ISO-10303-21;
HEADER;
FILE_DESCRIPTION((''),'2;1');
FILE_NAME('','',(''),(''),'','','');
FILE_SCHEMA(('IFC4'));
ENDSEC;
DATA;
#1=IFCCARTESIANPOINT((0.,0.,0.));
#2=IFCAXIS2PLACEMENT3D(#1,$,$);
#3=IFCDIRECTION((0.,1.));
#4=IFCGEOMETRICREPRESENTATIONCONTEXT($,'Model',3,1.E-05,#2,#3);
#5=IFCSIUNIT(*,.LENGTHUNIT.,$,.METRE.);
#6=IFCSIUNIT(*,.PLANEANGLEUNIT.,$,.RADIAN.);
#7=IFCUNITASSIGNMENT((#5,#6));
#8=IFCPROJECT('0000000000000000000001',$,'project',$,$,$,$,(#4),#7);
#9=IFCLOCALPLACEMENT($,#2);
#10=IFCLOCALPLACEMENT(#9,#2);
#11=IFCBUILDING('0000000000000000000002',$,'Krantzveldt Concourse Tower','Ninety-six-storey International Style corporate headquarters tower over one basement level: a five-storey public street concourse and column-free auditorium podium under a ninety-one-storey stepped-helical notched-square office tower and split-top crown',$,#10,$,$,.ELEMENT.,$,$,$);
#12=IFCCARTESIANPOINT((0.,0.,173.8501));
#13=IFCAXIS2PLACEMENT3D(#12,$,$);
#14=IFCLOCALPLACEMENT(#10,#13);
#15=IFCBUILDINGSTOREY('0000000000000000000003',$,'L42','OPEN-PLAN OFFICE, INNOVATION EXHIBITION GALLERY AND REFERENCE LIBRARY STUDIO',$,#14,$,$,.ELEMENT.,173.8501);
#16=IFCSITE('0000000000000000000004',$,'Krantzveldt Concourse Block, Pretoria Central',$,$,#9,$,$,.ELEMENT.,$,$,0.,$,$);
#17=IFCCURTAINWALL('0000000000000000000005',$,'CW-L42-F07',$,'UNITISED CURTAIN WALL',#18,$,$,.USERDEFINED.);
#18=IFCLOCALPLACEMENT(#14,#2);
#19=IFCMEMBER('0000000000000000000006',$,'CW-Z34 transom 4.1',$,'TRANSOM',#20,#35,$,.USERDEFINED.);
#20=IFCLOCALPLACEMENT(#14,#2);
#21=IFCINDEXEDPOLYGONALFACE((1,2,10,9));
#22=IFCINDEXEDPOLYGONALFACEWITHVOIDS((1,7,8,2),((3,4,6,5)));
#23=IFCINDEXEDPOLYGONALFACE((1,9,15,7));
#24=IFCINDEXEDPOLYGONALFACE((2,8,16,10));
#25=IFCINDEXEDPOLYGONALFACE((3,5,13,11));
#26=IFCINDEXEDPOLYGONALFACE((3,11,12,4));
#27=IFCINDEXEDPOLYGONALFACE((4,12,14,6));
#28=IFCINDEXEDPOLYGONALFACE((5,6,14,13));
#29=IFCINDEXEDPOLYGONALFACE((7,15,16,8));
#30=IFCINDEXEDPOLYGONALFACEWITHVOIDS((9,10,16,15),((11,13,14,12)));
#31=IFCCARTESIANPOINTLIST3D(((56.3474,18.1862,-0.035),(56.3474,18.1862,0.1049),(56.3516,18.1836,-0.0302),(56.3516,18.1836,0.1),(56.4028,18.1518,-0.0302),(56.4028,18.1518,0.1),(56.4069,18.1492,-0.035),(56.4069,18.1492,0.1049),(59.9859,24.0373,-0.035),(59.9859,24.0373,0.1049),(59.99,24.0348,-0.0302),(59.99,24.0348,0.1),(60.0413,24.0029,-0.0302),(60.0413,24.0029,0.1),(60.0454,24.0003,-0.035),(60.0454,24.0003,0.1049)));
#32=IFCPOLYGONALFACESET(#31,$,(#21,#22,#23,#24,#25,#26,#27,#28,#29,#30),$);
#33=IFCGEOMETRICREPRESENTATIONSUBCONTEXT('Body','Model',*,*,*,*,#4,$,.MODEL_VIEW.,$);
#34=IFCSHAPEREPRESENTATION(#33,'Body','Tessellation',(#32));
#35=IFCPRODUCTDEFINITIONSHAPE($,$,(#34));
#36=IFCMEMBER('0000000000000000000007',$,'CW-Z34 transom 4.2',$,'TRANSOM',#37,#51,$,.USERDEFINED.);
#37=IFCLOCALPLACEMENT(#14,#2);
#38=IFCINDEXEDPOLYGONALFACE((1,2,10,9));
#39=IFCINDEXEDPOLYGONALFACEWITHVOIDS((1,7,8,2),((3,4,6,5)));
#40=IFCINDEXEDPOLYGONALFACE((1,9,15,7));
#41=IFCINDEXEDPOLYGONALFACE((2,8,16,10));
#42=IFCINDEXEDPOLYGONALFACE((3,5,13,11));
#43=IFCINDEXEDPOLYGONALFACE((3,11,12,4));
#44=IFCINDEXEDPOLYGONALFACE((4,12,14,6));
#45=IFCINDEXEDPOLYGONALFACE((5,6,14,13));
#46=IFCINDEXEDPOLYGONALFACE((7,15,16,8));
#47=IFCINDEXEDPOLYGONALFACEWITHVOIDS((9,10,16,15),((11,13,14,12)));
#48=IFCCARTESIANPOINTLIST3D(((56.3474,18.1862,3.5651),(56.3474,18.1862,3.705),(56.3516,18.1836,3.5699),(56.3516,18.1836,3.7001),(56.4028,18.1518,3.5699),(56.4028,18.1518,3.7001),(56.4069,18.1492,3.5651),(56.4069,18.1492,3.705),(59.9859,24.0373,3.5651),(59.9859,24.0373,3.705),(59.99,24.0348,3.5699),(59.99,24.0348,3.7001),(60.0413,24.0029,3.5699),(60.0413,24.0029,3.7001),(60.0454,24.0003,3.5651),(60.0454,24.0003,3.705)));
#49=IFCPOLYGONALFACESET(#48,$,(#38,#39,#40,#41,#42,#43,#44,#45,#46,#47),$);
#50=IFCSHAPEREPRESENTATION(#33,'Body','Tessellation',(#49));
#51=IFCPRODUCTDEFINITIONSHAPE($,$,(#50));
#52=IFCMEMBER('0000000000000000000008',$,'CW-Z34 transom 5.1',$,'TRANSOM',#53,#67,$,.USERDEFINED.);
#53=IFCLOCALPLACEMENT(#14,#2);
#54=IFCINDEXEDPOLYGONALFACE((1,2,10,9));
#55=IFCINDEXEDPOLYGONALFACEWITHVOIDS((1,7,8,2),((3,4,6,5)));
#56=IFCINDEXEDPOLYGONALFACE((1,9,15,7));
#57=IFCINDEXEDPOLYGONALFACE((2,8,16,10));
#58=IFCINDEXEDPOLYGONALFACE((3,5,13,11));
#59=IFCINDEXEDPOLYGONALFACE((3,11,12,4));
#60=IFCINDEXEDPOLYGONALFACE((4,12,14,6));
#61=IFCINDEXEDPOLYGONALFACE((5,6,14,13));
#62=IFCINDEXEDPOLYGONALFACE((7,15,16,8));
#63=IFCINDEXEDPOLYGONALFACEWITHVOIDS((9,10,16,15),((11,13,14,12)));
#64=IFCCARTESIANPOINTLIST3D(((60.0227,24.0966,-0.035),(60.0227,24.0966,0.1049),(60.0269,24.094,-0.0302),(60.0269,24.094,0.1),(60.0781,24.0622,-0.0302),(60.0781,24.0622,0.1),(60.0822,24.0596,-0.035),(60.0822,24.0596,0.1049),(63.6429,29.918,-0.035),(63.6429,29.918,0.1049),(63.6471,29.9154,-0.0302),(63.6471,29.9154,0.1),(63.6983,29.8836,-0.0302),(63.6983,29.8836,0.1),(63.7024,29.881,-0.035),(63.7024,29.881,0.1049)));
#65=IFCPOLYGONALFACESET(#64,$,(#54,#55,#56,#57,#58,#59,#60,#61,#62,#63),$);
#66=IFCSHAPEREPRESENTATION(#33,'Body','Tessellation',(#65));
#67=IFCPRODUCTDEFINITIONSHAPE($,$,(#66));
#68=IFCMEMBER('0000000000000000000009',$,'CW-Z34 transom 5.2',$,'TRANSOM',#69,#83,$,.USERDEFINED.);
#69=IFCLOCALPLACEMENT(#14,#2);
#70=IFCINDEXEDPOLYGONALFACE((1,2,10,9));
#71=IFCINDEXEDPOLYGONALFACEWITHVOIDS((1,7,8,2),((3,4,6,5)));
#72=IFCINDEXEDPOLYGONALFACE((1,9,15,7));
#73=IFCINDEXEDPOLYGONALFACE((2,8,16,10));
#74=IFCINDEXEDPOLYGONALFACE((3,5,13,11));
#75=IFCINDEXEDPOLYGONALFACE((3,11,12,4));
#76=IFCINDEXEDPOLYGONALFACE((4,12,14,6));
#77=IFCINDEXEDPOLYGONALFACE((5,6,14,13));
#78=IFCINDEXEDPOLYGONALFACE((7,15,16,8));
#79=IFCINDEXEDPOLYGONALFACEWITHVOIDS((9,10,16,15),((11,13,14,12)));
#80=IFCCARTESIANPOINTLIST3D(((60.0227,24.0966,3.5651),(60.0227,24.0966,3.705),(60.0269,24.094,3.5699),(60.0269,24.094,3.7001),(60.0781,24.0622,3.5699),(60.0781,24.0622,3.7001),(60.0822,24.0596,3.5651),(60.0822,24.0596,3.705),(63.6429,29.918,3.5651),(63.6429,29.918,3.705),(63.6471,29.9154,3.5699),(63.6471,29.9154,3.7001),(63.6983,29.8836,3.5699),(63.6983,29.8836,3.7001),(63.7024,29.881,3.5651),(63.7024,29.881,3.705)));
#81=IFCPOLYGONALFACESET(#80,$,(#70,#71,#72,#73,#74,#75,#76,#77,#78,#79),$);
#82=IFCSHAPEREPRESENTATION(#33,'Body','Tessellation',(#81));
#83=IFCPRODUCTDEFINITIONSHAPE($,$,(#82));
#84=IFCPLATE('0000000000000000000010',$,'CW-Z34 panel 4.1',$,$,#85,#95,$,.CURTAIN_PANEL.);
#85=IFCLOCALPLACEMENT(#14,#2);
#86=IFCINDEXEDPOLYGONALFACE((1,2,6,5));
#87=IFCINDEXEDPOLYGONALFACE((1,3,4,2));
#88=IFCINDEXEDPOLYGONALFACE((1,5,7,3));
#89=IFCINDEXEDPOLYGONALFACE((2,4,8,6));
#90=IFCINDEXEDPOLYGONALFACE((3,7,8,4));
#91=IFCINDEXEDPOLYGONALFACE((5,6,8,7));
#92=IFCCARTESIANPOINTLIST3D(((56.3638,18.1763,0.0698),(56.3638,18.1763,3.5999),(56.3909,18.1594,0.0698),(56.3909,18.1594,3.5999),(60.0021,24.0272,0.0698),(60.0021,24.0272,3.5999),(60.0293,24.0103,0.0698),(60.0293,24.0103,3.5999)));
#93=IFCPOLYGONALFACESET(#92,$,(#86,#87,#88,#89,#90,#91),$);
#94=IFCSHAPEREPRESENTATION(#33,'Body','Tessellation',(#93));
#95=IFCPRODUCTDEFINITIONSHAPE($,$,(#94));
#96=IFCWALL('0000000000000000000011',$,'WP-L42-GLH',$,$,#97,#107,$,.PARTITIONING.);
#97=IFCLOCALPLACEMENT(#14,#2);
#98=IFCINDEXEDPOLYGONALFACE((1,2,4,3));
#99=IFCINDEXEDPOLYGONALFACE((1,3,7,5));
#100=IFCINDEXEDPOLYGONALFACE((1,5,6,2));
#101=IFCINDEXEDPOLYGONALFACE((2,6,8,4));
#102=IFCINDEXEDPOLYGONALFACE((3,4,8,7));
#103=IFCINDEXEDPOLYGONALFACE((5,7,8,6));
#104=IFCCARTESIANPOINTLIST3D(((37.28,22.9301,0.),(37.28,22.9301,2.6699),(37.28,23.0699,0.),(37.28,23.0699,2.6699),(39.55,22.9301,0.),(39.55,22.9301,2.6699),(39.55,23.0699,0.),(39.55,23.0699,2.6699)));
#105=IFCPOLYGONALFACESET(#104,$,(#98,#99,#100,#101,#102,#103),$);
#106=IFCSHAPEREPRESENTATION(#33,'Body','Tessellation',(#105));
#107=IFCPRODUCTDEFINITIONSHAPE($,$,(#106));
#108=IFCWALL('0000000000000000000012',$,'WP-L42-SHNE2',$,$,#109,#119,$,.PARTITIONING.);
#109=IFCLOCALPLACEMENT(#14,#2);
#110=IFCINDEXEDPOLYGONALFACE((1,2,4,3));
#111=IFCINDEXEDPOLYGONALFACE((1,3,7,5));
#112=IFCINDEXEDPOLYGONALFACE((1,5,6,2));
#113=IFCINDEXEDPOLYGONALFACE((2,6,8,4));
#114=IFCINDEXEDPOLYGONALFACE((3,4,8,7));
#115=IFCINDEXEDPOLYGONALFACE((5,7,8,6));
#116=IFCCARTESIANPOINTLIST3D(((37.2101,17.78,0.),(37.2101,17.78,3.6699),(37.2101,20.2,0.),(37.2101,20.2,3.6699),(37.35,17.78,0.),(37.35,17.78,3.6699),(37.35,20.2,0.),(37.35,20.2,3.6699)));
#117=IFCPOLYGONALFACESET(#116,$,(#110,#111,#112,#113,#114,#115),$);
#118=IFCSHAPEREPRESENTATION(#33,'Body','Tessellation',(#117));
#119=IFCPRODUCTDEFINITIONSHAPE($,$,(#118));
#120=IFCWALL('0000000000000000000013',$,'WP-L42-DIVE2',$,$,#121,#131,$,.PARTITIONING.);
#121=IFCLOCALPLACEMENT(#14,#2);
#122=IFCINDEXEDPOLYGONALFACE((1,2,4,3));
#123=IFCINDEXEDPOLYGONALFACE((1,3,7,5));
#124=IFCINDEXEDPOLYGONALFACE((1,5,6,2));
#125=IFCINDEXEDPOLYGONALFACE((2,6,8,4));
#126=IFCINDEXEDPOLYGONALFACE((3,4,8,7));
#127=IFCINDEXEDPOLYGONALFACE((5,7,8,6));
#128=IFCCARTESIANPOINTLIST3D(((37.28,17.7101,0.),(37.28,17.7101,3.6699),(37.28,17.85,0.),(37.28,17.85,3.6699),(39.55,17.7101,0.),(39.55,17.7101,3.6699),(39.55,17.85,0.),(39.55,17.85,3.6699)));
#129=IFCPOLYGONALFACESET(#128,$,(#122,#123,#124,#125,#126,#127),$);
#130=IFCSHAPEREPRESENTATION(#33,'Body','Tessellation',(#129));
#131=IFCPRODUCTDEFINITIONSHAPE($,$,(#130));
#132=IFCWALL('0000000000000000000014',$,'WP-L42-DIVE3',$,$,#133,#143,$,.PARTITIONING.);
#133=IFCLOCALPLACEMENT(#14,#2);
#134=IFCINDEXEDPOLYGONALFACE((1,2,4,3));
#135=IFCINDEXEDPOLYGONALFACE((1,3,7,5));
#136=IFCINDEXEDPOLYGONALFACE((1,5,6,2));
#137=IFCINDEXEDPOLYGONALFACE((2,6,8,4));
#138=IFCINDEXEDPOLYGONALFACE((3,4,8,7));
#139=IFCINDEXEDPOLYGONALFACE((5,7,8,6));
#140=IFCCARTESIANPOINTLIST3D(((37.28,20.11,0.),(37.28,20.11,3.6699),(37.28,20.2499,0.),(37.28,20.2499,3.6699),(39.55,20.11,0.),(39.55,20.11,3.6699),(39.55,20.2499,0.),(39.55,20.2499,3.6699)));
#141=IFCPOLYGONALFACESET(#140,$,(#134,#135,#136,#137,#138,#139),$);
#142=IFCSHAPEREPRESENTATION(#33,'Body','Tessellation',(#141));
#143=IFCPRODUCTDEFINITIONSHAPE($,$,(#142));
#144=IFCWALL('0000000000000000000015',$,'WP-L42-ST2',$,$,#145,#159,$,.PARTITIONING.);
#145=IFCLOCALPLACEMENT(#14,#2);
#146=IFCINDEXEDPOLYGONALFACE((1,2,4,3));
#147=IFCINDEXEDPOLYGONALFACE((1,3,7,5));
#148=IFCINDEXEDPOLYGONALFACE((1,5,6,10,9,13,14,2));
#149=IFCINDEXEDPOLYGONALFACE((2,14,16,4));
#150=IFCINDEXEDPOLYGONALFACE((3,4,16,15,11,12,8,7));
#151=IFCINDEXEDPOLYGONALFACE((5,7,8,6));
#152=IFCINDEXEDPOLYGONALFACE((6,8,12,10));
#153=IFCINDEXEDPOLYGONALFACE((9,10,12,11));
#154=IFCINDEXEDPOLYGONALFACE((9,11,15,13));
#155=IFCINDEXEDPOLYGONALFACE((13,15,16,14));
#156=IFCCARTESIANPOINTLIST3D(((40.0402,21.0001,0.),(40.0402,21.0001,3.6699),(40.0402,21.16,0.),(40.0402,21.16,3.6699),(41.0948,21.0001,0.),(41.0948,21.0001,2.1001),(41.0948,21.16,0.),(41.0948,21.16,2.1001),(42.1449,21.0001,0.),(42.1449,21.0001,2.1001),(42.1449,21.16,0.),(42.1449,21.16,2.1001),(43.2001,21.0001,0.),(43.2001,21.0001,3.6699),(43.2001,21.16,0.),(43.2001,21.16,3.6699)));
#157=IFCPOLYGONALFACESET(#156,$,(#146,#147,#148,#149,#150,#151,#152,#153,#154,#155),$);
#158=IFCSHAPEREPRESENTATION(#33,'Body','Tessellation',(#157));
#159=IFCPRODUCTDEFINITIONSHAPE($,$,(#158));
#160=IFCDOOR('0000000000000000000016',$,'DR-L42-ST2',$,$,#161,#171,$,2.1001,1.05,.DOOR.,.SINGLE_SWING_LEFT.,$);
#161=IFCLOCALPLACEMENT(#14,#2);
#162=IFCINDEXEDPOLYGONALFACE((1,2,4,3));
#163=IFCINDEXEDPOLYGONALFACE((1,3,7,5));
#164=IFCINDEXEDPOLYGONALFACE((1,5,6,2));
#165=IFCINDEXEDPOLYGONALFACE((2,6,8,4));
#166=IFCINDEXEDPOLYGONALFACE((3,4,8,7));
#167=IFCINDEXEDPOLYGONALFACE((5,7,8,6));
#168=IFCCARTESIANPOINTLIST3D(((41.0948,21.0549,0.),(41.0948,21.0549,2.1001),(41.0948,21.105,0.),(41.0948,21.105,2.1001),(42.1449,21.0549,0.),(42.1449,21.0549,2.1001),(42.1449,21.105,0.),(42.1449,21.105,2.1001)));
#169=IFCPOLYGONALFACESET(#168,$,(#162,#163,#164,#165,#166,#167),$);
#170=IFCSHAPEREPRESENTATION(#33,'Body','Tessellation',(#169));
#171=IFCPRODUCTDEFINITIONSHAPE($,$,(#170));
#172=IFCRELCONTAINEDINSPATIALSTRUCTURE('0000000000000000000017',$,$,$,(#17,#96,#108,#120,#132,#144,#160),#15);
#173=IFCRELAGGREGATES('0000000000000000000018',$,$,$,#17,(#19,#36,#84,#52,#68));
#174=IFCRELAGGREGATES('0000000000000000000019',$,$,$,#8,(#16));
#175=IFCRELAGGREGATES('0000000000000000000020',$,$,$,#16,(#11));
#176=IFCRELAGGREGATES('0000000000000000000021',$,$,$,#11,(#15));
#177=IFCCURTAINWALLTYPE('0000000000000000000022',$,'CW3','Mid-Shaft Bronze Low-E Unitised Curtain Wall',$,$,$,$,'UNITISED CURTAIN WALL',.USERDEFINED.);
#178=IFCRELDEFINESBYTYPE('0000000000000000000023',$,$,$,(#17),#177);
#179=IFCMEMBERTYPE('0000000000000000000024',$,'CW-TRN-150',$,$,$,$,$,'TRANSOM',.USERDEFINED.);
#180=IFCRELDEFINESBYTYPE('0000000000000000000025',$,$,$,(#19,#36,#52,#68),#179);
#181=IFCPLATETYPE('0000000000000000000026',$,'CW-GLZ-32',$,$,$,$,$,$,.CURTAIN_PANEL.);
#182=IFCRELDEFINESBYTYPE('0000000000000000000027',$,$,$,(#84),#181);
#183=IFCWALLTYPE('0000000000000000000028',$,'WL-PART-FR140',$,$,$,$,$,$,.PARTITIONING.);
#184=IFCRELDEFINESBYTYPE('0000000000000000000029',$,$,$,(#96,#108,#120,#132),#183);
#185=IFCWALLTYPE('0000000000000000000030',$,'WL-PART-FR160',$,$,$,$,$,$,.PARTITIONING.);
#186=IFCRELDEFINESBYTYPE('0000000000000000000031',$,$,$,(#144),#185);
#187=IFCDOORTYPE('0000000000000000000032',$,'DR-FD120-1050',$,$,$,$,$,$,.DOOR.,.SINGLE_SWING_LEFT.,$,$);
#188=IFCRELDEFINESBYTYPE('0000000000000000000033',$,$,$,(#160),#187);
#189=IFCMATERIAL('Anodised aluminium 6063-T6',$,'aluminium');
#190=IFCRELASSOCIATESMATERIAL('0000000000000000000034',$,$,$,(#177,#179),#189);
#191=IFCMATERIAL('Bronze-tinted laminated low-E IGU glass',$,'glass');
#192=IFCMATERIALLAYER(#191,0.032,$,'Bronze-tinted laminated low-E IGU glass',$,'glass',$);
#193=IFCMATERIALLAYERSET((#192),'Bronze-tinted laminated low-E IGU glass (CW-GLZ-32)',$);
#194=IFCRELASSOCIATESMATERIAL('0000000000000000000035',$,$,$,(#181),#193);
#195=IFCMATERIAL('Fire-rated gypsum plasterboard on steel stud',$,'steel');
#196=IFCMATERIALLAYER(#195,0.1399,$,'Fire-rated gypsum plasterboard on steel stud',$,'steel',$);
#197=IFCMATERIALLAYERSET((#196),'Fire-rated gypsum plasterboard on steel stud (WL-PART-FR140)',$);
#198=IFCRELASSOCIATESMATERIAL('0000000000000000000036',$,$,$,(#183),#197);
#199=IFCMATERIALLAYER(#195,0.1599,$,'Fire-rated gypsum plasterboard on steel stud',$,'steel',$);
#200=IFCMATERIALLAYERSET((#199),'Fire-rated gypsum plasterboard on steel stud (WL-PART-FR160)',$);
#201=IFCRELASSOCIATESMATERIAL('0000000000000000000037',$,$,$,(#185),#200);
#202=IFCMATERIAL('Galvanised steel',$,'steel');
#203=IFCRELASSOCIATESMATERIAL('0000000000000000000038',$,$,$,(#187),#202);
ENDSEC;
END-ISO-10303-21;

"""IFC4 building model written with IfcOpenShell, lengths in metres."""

from ifc_helpers import new_model, si_unit, direction, frame, frame_2d, origin, origin_2d, place, context, subcontext, project, spatial, rectangle, hollow_rectangle, extrude, source, transform, mapped, material, layer, layer_set, material_profile, profile_set, type_object, type_shapes, element, fill, aggregate, save


model = new_model("IFC4")

# Units and contexts
model_context = context("Model", 3, precision=1e-05, world=origin(), true_north=direction((0.0, 1.0)))
body_context = subcontext(model_context, "Body", "Model", "MODEL_VIEW")
ifc_project = project(units=[si_unit("LENGTHUNIT", "METRE"), si_unit("PLANEANGLEUNIT", "RADIAN")], contexts=[model_context])

# Site, building, storey
site_placement = place(None, origin())
site = spatial("IfcSite", under=ifc_project, at=site_placement, Name="Krantzveldt Concourse Block, Pretoria Central", CompositionType="ELEMENT", RefElevation=0.0)
building_placement = place(site_placement, origin())
building = spatial("IfcBuilding", under=site, at=building_placement, Name="Krantzveldt Concourse Tower", Description="Ninety-six-storey International Style corporate headquarters tower over one basement level: a five-storey public street concourse and column-free auditorium podium under a ninety-one-storey stepped-helical notched-square office tower and split-top crown", CompositionType="ELEMENT")
storey_placement = place(building_placement, frame((0.0, 0.0, 173.8501)))
storey = spatial("IfcBuildingStorey", under=building, at=storey_placement, Name="L42", Description="OPEN-PLAN OFFICE, INNOVATION EXHIBITION GALLERY AND REFERENCE LIBRARY STUDIO", CompositionType="ELEMENT", Elevation=173.8501)

# Curtain wall, members, plate
ifc_material_1 = material(Name="Anodised aluminium 6063-T6", Category="aluminium")
curtain_wall_type = type_object("IfcCurtainWallType", Name="CW3", Description="Mid-Shaft Bronze Low-E Unitised Curtain Wall", ElementType="UNITISED CURTAIN WALL", PredefinedType="USERDEFINED", material=ifc_material_1)
curtain_wall_placement = place(storey_placement, origin())
curtain_wall = element("IfcCurtainWall", 1, at=curtain_wall_placement, inside=storey, type_object=curtain_wall_type, Name="CW-L42-F07", ObjectType="UNITISED CURTAIN WALL", PredefinedType="USERDEFINED")
ifc_material_profile_1 = material_profile(ifc_material_1, hollow_rectangle(XDim=0.0701, YDim=0.1399, WallThickness=0.0049, at=origin_2d()), Name="Anodised aluminium 6063-T6", Category="aluminium")
ifc_profile_set_1 = profile_set([ifc_material_profile_1], Name="Anodised aluminium 6063-T6 - ALU-TRAN 140x70x5")
member_type_1 = type_object("IfcMemberType", Name="CW-TRN-150", ElementType="TRANSOM", PredefinedType="USERDEFINED", material=ifc_profile_set_1)
shared_shape_1 = source(origin(), body_context, "Body", "SweptSolid", [
    extrude(hollow_rectangle(XDim=0.0701, YDim=0.1399, WallThickness=0.0049, at=origin_2d()), origin(), (0.0, 0.0, 1.0), 6.8901),
])
member_1_placement = place(storey_placement, frame((56.3772, 18.1677, 0.0349), z_axis=(0.528067, 0.849202, 0.0), x_axis=(-0.849202, 0.528067, 0.0)))
member_1 = element("IfcMember", 2, at=member_1_placement, type_object=member_type_1, Name="CW-Z34 transom 4.1", ObjectType="TRANSOM", PredefinedType="USERDEFINED", context=body_context, shape_type="MappedRepresentation", body=[
    mapped(shared_shape_1, transform((0.0, 0.0, 0.0), x_axis=(1.0, 0.0, 0.0), y_axis=(0.0, 1.0, 0.0), z_axis=(0.0, 0.0, 1.0), scale=1.0)),
])
member_2_placement = place(storey_placement, frame((56.3772, 18.1677, 3.635), z_axis=(0.528067, 0.849202, 0.0), x_axis=(-0.849202, 0.528067, 0.0)))
member_2 = element("IfcMember", 3, at=member_2_placement, type_object=member_type_1, Name="CW-Z34 transom 4.2", ObjectType="TRANSOM", PredefinedType="USERDEFINED", context=body_context, shape_type="MappedRepresentation", body=[
    mapped(shared_shape_1, transform((0.0, 0.0, 0.0), x_axis=(1.0, 0.0, 0.0), y_axis=(0.0, 1.0, 0.0), z_axis=(0.0, 0.0, 1.0), scale=1.0)),
])
shared_shape_2 = source(origin(), body_context, "Body", "SweptSolid", [
    extrude(hollow_rectangle(XDim=0.0701, YDim=0.1399, WallThickness=0.0049, at=origin_2d()), origin(), (0.0, 0.0, 1.0), 6.8552),
])
type_shapes(member_type_1, [shared_shape_1, shared_shape_2])
member_3_placement = place(storey_placement, frame((60.0525, 24.0781, 0.0349), z_axis=(0.52809, 0.849189, 0.0), x_axis=(-0.849189, 0.52809, 0.0)))
member_3 = element("IfcMember", 4, at=member_3_placement, type_object=member_type_1, Name="CW-Z34 transom 5.1", ObjectType="TRANSOM", PredefinedType="USERDEFINED", context=body_context, shape_type="MappedRepresentation", body=[
    mapped(shared_shape_2, transform((0.0, 0.0, 0.0), x_axis=(1.0, 0.0, 0.0), y_axis=(0.0, 1.0, 0.0), z_axis=(0.0, 0.0, 1.0), scale=1.0)),
])
member_4_placement = place(storey_placement, frame((60.0525, 24.0781, 3.635), z_axis=(0.52809, 0.849189, 0.0), x_axis=(-0.849189, 0.52809, 0.0)))
member_4 = element("IfcMember", 5, at=member_4_placement, type_object=member_type_1, Name="CW-Z34 transom 5.2", ObjectType="TRANSOM", PredefinedType="USERDEFINED", context=body_context, shape_type="MappedRepresentation", body=[
    mapped(shared_shape_2, transform((0.0, 0.0, 0.0), x_axis=(1.0, 0.0, 0.0), y_axis=(0.0, 1.0, 0.0), z_axis=(0.0, 0.0, 1.0), scale=1.0)),
])
ifc_material_2 = material(Name="Bronze-tinted laminated low-E IGU glass", Category="glass")
ifc_layer_1 = layer(ifc_material_2, 0.032, Name="Bronze-tinted laminated low-E IGU glass", Category="glass")
ifc_layer_set_1 = layer_set([ifc_layer_1], Name="Bronze-tinted laminated low-E IGU glass (CW-GLZ-32)")
plate_type = type_object("IfcPlateType", Name="CW-GLZ-32", PredefinedType="CURTAIN_PANEL", material=ifc_layer_set_1)
shared_shape_3 = source(origin(), body_context, "Body", "SweptSolid", [
    extrude(rectangle(XDim=6.8899, YDim=0.032, at=origin_2d()), origin(), (0.0, 0.0, 1.0), 3.53),
])
type_shapes(plate_type, [shared_shape_3])
plate_placement = place(storey_placement, frame((58.1965, 21.0933, 0.0698), z_axis=(0.0, 0.0, 1.0), x_axis=(0.528068, 0.849202, 0.0)))
plate = element("IfcPlate", 6, at=plate_placement, type_object=plate_type, Name="CW-Z34 panel 4.1", PredefinedType="CURTAIN_PANEL", context=body_context, shape_type="MappedRepresentation", body=[
    mapped(shared_shape_3, transform((0.0, 0.0, 0.0), x_axis=(1.0, 0.0, 0.0), y_axis=(0.0, 1.0, 0.0), z_axis=(0.0, 0.0, 1.0), scale=1.0)),
])
aggregate(curtain_wall, [member_1, member_2, plate, member_3, member_4])

# Shared definitions
ifc_material_3 = material(Name="Fire-rated gypsum plasterboard on steel stud", Category="steel")
ifc_layer_2 = layer(ifc_material_3, 0.1399, Name="Fire-rated gypsum plasterboard on steel stud", Category="steel")
ifc_layer_set_2 = layer_set([ifc_layer_2], Name="Fire-rated gypsum plasterboard on steel stud (WL-PART-FR140)")
wall_type_1 = type_object("IfcWallType", Name="WL-PART-FR140", PredefinedType="PARTITIONING", material=ifc_layer_set_2)

# Walls
wall_1_placement = place(storey_placement, frame((37.28, 23.0, 0.0), z_axis=(0.0, 0.0, 1.0), x_axis=(1.0, 0.0, 0.0)))
element("IfcWall", 7, at=wall_1_placement, inside=storey, type_object=wall_type_1, Name="WP-L42-GLH", PredefinedType="PARTITIONING", context=body_context, shape_type="SweptSolid", body=[
    extrude(rectangle(XDim=2.27, YDim=0.1399, at=frame_2d((1.135, 0.0))), origin(), (0.0, 0.0, 1.0), 2.6699),
])
wall_2_placement = place(storey_placement, frame((37.28, 17.78, 0.0), z_axis=(0.0, 0.0, 1.0), x_axis=(0.0, 1.0, 0.0)))
element("IfcWall", 8, at=wall_2_placement, inside=storey, type_object=wall_type_1, Name="WP-L42-SHNE2", PredefinedType="PARTITIONING", context=body_context, shape_type="SweptSolid", body=[
    extrude(rectangle(XDim=2.4199, YDim=0.1399, at=frame_2d((1.21, 0.0))), origin(), (0.0, 0.0, 1.0), 3.6699),
])
for number, where, z_axis, x_axis, name in (
    (9, (37.28, 17.78, 0.0), (0.0, 0.0, 1.0), (1.0, 0.0, 0.0), "WP-L42-DIVE2"),
    (10, (37.28, 20.1799, 0.0), (0.0, 0.0, 1.0), (1.0, 0.0, 0.0), "WP-L42-DIVE3"),
):
    element("IfcWall", number, at=place(storey_placement, frame(where, z_axis=z_axis, x_axis=x_axis)), inside=storey, type_object=wall_type_1, Name=name, PredefinedType="PARTITIONING", context=body_context, shape_type="SweptSolid", body=[
        extrude(rectangle(XDim=2.27, YDim=0.1399, at=frame_2d((1.135, 0.0))), origin(), (0.0, 0.0, 1.0), 3.6699),
    ])

# Wall, opening, door
ifc_layer_3 = layer(ifc_material_3, 0.1599, Name="Fire-rated gypsum plasterboard on steel stud", Category="steel")
ifc_layer_set_3 = layer_set([ifc_layer_3], Name="Fire-rated gypsum plasterboard on steel stud (WL-PART-FR160)")
wall_type_2 = type_object("IfcWallType", Name="WL-PART-FR160", PredefinedType="PARTITIONING", material=ifc_layer_set_3)
wall_3_placement = place(storey_placement, frame((40.04, 21.0801, 0.0), z_axis=(0.0, 0.0, 1.0), x_axis=(1.0, 0.0, 0.0)))
wall_3 = element("IfcWall", 11, at=wall_3_placement, inside=storey, type_object=wall_type_2, Name="WP-L42-ST2", PredefinedType="PARTITIONING", context=body_context, shape_type="SweptSolid", body=[
    extrude(rectangle(XDim=3.1599, YDim=0.1599, at=frame_2d((1.5801, 0.0))), origin(), (0.0, 0.0, 1.0), 3.6699),
])
opening_1_placement = place(wall_3_placement, frame((1.0549, 0.0, 0.0)))
opening_1 = element("IfcOpeningElement", 12, at=opening_1_placement, cuts=wall_3, PredefinedType="OPENING", context=body_context, shape_type="SweptSolid", body=[
    extrude(rectangle(XDim=1.05, YDim=2.1001, at=frame_2d((0.5249, 1.05))), frame((0.0, 0.0898, 0.0), z_axis=(0.0, -1.0, 0.0), x_axis=(1.0, 0.0, 0.0)), (0.0, 0.0, 1.0), 0.1799),
])
ifc_material_4 = material(Name="Galvanised steel", Category="steel")
door_type_1 = type_object("IfcDoorType", Name="DR-FD120-1050", OperationType="SINGLE_SWING_LEFT", PredefinedType="DOOR", material=ifc_material_4)
door_1_placement = place(opening_1_placement, origin())
door_1 = element("IfcDoor", 13, at=door_1_placement, inside=storey, type_object=door_type_1, Name="DR-L42-ST2", OperationType="SINGLE_SWING_LEFT", OverallHeight=2.1001, OverallWidth=1.05, PredefinedType="DOOR", context=body_context, shape_type="SweptSolid", body=[
    extrude(rectangle(XDim=1.05, YDim=2.1001, at=frame_2d((0.5249, 1.05))), frame((0.0, 0.0249, 0.0), z_axis=(0.0, -1.0, 0.0), x_axis=(1.0, 0.0, 0.0)), (0.0, 0.0, 1.0), 0.05),
])
fill(opening_1, door_1)

save(model, "model.ifc")
